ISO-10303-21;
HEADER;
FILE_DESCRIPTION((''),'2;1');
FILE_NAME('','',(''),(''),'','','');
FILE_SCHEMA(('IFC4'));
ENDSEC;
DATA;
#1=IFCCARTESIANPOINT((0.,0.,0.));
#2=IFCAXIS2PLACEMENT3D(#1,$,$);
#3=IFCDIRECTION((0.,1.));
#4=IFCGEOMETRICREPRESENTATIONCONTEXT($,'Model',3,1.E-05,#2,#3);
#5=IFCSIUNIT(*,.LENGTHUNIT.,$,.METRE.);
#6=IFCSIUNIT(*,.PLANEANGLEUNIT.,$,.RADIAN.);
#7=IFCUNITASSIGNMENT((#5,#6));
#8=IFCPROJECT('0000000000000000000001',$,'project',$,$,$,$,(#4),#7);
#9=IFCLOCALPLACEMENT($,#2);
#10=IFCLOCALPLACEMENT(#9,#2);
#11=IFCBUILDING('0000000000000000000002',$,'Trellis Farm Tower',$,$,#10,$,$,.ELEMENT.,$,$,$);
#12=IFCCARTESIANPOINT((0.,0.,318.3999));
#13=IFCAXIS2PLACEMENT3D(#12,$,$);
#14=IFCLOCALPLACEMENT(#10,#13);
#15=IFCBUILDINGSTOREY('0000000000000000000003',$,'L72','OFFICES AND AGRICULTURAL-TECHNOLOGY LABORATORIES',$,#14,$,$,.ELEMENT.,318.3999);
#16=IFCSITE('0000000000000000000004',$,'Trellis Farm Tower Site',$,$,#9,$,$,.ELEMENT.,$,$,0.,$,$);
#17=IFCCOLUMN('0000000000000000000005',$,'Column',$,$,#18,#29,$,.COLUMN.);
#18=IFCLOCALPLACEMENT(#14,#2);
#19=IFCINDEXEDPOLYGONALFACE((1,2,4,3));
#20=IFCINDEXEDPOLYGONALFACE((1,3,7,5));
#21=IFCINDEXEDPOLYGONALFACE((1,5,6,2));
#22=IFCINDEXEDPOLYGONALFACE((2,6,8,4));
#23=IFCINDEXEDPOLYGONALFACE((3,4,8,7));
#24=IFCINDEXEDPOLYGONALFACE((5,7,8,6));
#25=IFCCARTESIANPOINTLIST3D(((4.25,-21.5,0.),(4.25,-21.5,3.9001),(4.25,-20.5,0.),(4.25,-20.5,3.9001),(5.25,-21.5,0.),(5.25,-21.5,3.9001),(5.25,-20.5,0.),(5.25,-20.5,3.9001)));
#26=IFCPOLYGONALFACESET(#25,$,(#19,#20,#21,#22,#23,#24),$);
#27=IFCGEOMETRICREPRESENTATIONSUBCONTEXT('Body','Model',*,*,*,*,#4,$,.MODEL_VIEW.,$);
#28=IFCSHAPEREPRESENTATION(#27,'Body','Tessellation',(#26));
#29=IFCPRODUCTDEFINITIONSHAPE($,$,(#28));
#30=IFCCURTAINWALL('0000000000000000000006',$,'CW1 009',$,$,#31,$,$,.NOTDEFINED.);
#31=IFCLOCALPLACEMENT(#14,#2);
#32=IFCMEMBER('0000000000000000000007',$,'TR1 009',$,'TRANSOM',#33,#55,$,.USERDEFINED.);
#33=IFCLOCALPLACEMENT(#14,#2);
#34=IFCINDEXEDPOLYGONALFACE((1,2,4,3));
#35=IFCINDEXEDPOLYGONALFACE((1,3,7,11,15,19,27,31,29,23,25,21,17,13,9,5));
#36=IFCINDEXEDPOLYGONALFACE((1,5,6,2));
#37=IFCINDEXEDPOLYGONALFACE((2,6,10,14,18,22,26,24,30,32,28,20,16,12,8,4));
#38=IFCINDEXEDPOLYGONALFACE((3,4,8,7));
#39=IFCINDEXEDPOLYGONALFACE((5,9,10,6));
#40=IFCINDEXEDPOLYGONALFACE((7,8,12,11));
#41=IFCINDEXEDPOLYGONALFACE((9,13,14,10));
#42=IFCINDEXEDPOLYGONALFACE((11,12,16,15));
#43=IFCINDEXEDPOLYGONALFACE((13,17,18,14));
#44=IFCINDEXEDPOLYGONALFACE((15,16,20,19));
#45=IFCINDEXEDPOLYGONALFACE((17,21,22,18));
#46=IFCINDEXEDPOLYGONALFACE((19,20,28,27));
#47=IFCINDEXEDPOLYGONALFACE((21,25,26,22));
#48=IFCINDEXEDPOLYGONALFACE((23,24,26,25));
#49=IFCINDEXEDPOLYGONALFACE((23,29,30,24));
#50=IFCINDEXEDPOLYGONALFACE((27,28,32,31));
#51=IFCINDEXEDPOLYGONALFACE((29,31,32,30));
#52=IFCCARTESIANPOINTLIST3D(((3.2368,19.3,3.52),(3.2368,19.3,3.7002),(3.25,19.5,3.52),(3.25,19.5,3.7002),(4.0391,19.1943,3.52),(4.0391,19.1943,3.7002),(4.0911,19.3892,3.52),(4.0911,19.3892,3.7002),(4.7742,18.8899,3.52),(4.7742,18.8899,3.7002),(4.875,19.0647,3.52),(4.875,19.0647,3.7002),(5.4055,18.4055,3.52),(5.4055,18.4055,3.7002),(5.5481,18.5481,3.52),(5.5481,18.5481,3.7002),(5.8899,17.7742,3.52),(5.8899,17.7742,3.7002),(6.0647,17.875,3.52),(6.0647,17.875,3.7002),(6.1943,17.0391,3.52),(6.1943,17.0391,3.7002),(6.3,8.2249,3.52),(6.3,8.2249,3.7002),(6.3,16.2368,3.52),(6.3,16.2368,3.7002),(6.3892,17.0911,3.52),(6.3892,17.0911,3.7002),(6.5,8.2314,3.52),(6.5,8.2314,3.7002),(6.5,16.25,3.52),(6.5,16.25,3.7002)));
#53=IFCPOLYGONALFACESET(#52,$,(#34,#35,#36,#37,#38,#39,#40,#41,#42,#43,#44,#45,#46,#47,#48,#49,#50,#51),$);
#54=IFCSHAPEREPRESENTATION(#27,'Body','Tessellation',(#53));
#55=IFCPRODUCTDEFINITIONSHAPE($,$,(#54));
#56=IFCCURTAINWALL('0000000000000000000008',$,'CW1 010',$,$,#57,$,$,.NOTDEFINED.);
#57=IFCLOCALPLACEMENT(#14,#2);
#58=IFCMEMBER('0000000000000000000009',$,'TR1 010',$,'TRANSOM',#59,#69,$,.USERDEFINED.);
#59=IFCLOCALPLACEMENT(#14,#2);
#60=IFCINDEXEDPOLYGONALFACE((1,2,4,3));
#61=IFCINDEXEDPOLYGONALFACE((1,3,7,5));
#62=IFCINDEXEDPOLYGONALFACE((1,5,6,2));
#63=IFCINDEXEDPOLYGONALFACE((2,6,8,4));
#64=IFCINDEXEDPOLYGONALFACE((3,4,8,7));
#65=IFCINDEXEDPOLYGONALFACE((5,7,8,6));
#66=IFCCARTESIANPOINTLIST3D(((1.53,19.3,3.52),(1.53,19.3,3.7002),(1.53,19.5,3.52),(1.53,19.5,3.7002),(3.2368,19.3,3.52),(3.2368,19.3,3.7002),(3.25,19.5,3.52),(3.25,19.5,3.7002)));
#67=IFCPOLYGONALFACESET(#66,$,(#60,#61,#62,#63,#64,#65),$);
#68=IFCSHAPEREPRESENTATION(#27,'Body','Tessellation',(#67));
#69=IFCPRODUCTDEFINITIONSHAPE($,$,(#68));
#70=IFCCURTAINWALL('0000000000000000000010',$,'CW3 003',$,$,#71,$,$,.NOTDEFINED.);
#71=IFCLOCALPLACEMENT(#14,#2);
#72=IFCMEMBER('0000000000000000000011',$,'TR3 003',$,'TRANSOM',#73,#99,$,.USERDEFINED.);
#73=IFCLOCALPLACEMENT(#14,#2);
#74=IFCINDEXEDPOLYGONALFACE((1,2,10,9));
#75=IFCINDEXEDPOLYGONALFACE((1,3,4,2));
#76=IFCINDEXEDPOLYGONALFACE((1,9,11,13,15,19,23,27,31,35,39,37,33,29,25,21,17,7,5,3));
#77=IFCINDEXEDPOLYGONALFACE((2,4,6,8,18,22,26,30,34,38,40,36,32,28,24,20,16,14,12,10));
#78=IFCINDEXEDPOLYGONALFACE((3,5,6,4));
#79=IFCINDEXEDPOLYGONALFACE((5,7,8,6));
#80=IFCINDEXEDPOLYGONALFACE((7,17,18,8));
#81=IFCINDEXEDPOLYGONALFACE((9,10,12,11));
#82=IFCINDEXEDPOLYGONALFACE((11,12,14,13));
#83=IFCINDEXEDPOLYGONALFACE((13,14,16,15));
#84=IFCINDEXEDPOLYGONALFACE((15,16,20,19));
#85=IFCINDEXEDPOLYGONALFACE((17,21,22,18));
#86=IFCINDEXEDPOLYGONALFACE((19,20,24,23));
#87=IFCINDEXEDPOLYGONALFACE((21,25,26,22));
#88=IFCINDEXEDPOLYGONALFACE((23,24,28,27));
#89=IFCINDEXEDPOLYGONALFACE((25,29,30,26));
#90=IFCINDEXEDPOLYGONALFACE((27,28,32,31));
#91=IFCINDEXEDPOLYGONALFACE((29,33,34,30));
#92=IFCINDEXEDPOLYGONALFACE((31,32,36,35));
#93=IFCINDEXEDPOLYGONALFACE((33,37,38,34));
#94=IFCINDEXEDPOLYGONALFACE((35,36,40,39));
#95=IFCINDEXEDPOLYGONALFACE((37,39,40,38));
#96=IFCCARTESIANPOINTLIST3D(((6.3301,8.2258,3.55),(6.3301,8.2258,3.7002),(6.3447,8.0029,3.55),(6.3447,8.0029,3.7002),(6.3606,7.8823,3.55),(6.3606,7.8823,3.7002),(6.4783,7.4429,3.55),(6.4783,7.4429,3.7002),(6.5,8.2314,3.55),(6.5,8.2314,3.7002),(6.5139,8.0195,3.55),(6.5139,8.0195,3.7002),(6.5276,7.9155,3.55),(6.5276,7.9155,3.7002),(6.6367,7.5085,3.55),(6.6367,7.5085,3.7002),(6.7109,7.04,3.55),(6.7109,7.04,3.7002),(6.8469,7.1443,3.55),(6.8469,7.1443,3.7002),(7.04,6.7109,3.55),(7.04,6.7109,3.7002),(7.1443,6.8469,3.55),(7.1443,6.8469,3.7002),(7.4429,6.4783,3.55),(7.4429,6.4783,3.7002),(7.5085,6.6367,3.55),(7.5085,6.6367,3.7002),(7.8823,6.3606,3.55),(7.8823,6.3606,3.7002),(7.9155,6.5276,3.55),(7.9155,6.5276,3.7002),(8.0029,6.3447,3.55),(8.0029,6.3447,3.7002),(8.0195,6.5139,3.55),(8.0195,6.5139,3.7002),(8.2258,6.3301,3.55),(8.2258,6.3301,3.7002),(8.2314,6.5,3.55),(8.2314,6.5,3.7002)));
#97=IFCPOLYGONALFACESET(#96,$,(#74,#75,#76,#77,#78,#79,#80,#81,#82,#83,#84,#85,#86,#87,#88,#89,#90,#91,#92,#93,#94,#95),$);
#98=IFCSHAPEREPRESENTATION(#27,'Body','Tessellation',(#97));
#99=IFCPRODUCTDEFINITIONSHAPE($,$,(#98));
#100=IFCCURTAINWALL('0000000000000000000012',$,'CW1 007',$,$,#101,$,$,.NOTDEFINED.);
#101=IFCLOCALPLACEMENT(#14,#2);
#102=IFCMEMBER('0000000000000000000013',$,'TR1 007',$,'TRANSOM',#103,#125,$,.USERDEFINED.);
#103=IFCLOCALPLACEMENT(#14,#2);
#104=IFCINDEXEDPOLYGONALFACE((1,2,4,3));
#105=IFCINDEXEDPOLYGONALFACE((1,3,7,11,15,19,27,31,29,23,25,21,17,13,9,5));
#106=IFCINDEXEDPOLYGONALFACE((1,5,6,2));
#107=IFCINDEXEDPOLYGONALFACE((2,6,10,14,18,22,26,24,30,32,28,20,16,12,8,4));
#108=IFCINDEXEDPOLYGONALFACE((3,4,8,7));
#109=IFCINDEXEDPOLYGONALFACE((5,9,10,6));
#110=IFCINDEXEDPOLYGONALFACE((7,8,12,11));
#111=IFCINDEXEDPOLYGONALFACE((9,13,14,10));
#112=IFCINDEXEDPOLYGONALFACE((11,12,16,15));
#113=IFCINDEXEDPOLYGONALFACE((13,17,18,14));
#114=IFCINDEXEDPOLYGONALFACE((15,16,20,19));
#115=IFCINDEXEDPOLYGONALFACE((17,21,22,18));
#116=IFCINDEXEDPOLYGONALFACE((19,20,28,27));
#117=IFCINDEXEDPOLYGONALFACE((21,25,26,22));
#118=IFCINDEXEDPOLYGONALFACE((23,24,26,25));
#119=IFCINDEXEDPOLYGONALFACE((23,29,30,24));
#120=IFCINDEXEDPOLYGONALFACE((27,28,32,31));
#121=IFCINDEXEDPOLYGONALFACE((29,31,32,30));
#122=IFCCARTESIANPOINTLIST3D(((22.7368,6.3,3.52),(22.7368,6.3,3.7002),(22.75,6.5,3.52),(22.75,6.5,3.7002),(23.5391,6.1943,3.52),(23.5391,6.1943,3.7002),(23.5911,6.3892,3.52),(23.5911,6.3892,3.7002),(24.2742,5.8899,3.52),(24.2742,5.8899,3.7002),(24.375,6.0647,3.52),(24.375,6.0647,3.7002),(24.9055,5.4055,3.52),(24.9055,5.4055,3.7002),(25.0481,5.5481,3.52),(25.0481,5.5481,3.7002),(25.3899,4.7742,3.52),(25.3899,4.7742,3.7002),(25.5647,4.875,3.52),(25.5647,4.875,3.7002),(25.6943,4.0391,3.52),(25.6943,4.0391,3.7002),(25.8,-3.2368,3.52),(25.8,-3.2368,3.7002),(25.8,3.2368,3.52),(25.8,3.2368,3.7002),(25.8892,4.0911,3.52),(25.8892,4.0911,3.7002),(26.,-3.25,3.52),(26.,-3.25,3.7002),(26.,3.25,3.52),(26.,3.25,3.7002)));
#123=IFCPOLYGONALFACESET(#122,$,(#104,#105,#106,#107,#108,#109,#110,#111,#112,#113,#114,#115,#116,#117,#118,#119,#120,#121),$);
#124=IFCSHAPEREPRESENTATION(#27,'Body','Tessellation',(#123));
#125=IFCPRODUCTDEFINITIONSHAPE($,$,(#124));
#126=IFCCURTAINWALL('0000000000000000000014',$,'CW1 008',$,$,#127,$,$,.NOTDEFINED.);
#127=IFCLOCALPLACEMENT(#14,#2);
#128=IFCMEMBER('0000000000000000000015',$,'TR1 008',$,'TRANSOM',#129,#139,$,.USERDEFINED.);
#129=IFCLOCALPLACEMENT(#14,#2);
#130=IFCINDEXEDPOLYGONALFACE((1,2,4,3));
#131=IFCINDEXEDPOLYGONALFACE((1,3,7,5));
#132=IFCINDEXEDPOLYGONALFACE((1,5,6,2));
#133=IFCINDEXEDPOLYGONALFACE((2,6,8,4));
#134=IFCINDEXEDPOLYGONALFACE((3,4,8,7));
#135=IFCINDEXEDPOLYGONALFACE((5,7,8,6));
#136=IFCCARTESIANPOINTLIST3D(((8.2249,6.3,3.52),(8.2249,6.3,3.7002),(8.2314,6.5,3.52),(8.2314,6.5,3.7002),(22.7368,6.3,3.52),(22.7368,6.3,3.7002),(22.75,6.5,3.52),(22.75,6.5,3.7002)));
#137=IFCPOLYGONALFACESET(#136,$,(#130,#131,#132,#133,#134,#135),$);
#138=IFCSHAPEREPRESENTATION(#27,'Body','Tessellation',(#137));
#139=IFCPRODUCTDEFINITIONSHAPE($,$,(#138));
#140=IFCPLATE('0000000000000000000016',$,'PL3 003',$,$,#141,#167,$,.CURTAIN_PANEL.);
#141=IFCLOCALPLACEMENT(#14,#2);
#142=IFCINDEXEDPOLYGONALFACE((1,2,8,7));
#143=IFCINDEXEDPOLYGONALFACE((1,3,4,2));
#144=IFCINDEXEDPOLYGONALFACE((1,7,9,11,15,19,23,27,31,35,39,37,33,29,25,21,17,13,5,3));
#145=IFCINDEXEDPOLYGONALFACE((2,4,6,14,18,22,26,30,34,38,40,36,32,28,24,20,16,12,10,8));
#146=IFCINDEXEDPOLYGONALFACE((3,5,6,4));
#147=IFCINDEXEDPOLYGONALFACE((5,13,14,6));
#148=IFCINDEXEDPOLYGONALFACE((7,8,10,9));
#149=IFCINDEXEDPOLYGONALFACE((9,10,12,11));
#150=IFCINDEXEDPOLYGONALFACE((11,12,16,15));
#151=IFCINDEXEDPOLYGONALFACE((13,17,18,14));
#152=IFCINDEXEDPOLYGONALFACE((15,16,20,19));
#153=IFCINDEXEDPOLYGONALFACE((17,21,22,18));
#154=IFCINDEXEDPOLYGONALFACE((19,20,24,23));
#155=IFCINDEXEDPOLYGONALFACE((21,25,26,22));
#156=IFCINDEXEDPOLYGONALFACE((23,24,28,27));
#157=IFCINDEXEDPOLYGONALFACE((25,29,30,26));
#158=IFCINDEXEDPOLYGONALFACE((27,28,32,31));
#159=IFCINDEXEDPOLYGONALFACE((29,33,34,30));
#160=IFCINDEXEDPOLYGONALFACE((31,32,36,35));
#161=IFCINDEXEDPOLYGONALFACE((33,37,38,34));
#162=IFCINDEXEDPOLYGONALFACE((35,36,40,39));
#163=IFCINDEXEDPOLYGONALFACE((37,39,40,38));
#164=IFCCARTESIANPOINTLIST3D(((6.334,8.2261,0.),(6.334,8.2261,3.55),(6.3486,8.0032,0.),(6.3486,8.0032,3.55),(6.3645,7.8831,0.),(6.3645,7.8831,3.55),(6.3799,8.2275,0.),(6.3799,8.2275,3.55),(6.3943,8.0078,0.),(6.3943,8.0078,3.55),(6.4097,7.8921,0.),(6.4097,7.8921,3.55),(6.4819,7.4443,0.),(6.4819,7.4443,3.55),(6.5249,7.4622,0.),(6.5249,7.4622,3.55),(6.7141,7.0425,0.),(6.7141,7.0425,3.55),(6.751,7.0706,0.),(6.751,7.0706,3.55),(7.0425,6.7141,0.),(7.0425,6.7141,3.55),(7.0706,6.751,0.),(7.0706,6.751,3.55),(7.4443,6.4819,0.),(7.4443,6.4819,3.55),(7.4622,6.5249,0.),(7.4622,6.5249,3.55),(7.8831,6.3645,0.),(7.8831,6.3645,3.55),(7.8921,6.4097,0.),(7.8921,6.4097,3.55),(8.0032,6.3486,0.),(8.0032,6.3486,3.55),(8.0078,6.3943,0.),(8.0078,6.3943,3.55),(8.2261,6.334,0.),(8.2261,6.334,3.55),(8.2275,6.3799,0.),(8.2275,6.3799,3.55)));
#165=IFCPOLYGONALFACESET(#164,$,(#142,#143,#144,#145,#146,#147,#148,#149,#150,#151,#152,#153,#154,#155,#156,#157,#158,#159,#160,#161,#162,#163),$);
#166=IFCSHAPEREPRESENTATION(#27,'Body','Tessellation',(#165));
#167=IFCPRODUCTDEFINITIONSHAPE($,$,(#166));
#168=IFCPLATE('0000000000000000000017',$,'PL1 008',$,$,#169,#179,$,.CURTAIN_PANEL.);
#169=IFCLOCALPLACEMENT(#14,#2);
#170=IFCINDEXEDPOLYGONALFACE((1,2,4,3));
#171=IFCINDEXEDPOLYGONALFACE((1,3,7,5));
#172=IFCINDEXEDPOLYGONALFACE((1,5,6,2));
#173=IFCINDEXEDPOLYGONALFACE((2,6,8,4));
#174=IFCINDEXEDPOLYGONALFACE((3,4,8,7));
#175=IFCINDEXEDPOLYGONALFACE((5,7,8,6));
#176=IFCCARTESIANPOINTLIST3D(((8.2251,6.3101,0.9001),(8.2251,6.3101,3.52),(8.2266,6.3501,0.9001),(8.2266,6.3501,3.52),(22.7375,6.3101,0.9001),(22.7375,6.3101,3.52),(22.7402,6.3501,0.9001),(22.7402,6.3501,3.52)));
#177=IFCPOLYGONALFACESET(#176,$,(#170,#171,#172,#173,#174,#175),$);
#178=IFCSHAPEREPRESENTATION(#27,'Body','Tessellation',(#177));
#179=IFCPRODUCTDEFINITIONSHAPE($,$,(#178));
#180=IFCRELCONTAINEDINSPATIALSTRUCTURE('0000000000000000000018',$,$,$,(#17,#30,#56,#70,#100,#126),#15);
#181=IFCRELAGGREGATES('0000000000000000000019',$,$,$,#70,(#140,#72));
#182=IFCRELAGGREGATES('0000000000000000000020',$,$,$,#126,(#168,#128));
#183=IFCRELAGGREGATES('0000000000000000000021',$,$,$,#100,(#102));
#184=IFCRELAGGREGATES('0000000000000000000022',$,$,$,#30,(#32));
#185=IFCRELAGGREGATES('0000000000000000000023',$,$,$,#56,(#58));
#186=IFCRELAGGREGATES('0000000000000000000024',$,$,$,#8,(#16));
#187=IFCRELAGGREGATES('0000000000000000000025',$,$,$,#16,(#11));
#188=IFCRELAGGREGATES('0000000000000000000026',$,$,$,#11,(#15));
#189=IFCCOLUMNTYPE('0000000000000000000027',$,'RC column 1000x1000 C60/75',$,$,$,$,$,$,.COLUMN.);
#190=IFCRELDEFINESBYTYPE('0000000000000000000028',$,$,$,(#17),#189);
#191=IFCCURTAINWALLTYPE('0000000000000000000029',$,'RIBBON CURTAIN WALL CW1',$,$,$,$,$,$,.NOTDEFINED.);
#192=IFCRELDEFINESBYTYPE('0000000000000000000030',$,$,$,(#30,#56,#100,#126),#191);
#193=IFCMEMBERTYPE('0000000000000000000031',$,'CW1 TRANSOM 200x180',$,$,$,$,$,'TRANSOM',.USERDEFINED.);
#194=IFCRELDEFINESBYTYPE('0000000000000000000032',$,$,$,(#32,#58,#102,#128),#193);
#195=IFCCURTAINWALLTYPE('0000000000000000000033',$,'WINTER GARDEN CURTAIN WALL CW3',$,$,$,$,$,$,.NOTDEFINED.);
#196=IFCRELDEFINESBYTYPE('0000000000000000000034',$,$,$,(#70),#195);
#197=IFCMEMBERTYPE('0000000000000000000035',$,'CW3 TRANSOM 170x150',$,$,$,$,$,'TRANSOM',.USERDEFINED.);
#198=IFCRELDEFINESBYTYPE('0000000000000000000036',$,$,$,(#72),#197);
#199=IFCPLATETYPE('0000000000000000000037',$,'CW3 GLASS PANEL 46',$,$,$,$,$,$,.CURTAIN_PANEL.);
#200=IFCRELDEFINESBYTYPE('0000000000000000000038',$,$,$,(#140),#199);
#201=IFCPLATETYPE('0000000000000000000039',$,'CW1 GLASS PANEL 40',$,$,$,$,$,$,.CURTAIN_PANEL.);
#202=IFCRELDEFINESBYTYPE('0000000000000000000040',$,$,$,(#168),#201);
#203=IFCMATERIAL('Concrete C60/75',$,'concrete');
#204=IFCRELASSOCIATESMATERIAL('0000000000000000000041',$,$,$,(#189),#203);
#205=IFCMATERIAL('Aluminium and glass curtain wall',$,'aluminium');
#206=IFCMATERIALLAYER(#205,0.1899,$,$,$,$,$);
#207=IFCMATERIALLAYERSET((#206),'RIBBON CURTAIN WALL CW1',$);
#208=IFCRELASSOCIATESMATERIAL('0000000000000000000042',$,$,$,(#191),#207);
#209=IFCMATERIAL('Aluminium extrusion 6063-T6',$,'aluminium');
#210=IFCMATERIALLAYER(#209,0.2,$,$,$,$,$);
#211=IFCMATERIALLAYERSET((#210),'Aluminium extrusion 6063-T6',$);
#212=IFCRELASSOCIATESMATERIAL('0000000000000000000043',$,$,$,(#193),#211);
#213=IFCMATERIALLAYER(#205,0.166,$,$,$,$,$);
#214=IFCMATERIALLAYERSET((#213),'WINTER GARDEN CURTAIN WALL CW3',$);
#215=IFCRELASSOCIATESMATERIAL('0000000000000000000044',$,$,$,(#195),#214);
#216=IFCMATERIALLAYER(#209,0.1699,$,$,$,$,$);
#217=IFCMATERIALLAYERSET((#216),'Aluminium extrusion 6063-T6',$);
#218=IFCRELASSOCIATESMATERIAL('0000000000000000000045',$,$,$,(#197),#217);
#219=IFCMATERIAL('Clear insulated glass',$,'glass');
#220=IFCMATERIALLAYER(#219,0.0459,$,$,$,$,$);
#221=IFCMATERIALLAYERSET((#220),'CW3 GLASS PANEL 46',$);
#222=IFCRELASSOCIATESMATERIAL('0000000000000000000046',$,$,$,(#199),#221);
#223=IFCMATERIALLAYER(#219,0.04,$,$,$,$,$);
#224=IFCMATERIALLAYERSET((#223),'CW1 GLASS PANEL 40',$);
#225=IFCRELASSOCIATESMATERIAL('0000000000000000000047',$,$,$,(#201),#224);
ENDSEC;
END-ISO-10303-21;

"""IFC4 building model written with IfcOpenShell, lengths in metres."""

from ifc_helpers import new_model, si_unit, direction, frame, origin, origin_2d, place, context, subcontext, project, spatial, polyline, rectangle, outline, extrude, source, transform, mapped, material, layer, layer_set, material_profile, profile_set, type_object, element, aggregate, save


model = new_model("IFC4")

# Units and contexts
model_context = context("Model", 3, precision=1e-05, world=origin(), true_north=direction((0.0, 1.0)))
body_context = subcontext(model_context, "Body", "Model", "MODEL_VIEW")
ifc_project = project(units=[si_unit("LENGTHUNIT", "METRE"), si_unit("PLANEANGLEUNIT", "RADIAN")], contexts=[model_context])

# Site, building, storey
site_placement = place(None, origin())
site = spatial("IfcSite", under=ifc_project, at=site_placement, Name="Trellis Farm Tower Site", CompositionType="ELEMENT", RefElevation=0.0)
building_placement = place(site_placement, origin())
building = spatial("IfcBuilding", under=site, at=building_placement, Name="Trellis Farm Tower", CompositionType="ELEMENT")
storey_placement = place(building_placement, frame((0.0, 0.0, 318.3999)))
storey = spatial("IfcBuildingStorey", under=building, at=storey_placement, Name="L72", Description="OFFICES AND AGRICULTURAL-TECHNOLOGY LABORATORIES", CompositionType="ELEMENT", Elevation=318.3999)

# Column
ifc_material_1 = material(Name="Concrete C60/75", Category="concrete")
ifc_material_profile = material_profile(ifc_material_1, rectangle(XDim=1.0, YDim=1.0, at=origin_2d()), Name="RC column 1000x1000 C60/75")
ifc_profile_set = profile_set([ifc_material_profile], Name="Concrete C60/75")
column_type = type_object("IfcColumnType", Name="RC column 1000x1000 C60/75", PredefinedType="COLUMN", material=ifc_profile_set)
shared_shape_1 = source(origin(), body_context, "Body", "SweptSolid", [
    extrude(rectangle(XDim=1.0, YDim=1.0, at=origin_2d()), origin(), (0.0, 0.0, 1.0), 3.9001),
])
column_placement = place(storey_placement, frame((4.75, -21.0, 0.0), z_axis=(0.0, 0.0, 1.0), x_axis=(1.0, 0.0, 0.0)))
element("IfcColumn", 1, at=column_placement, inside=storey, type_object=column_type, Name="Column", PredefinedType="COLUMN", context=body_context, shape_type="MappedRepresentation", body=[
    mapped(shared_shape_1, transform((0.0, 0.0, 0.0))),
])

# Curtain walls, members
ifc_material_2 = material(Name="Aluminium and glass curtain wall", Category="aluminium")
ifc_layer_1 = layer(ifc_material_2, 0.1899)
ifc_layer_set_1 = layer_set([ifc_layer_1], Name="RIBBON CURTAIN WALL CW1")
curtain_wall_type_1 = type_object("IfcCurtainWallType", Name="RIBBON CURTAIN WALL CW1", PredefinedType="NOTDEFINED", material=ifc_layer_set_1)
placement_1 = place(storey_placement, origin())
curtain_wall_1 = element("IfcCurtainWall", 2, at=placement_1, inside=storey, type_object=curtain_wall_type_1, Name="CW1 009", PredefinedType="NOTDEFINED")
ifc_material_3 = material(Name="Aluminium extrusion 6063-T6", Category="aluminium")
ifc_layer_2 = layer(ifc_material_3, 0.2)
ifc_layer_set_2 = layer_set([ifc_layer_2], Name="Aluminium extrusion 6063-T6")
member_type_1 = type_object("IfcMemberType", Name="CW1 TRANSOM 200x180", ElementType="TRANSOM", PredefinedType="USERDEFINED", material=ifc_layer_set_2)
placement_2 = place(storey_placement, frame((0.0, 0.0, 3.52)))
member_1 = element("IfcMember", 3, at=placement_2, type_object=member_type_1, Name="TR1 009", ObjectType="TRANSOM", PredefinedType="USERDEFINED", context=body_context, shape_type="SweptSolid", body=[
    extrude(outline(polyline([(6.5, 8.2314), (6.5, 16.25), (6.3892, 17.0911), (6.0647, 17.875), (5.5481, 18.5481), (4.875, 19.0647), (4.0911, 19.3892), (3.25, 19.5), (3.2368, 19.3), (4.0391, 19.1943), (4.7742, 18.8899), (5.4055, 18.4055), (5.8899, 17.7742), (6.1943, 17.0391), (6.3, 16.2368), (6.3, 8.2249), (6.5, 8.2314)])), origin(), (0.0, 0.0, 1.0), 0.1802),
])
curtain_wall_2 = element("IfcCurtainWall", 4, at=placement_1, inside=storey, type_object=curtain_wall_type_1, Name="CW1 010", PredefinedType="NOTDEFINED")
member_2 = element("IfcMember", 5, at=placement_2, type_object=member_type_1, Name="TR1 010", ObjectType="TRANSOM", PredefinedType="USERDEFINED", context=body_context, shape_type="SweptSolid", body=[
    extrude(outline(polyline([(3.25, 19.5), (1.53, 19.5), (1.53, 19.3), (3.2368, 19.3), (3.25, 19.5)])), origin(), (0.0, 0.0, 1.0), 0.1802),
])
ifc_layer_3 = layer(ifc_material_2, 0.166)
ifc_layer_set_3 = layer_set([ifc_layer_3], Name="WINTER GARDEN CURTAIN WALL CW3")
curtain_wall_type_2 = type_object("IfcCurtainWallType", Name="WINTER GARDEN CURTAIN WALL CW3", PredefinedType="NOTDEFINED", material=ifc_layer_set_3)
curtain_wall_3 = element("IfcCurtainWall", 6, at=placement_1, inside=storey, type_object=curtain_wall_type_2, Name="CW3 003", PredefinedType="NOTDEFINED")
ifc_layer_4 = layer(ifc_material_3, 0.1699)
ifc_layer_set_4 = layer_set([ifc_layer_4], Name="Aluminium extrusion 6063-T6")
member_type_2 = type_object("IfcMemberType", Name="CW3 TRANSOM 170x150", ElementType="TRANSOM", PredefinedType="USERDEFINED", material=ifc_layer_set_4)
shared_shape_2 = source(origin(), body_context, "Body", "SweptSolid", [
    extrude(outline(polyline([(8.2314, 6.5), (8.0195, 6.5139), (7.9155, 6.5276), (7.5085, 6.6367), (7.1443, 6.8469), (6.8469, 7.1443), (6.6367, 7.5085), (6.5276, 7.9155), (6.5139, 8.0195), (6.5, 8.2314), (6.3301, 8.2258), (6.3447, 8.0029), (6.3606, 7.8823), (6.4783, 7.4429), (6.7109, 7.04), (7.04, 6.7109), (7.4429, 6.4783), (7.8823, 6.3606), (8.0029, 6.3447), (8.2258, 6.3301), (8.2314, 6.5)])), origin(), (0.0, 0.0, 1.0), 0.1501),
])
member_3_placement = place(storey_placement, frame((0.0, 0.0, 3.55)))
member_3 = element("IfcMember", 7, at=member_3_placement, type_object=member_type_2, Name="TR3 003", ObjectType="TRANSOM", PredefinedType="USERDEFINED", context=body_context, shape_type="MappedRepresentation", body=[
    mapped(shared_shape_2, transform((0.0, 0.0, 0.0))),
])
curtain_wall_4 = element("IfcCurtainWall", 8, at=placement_1, inside=storey, type_object=curtain_wall_type_1, Name="CW1 007", PredefinedType="NOTDEFINED")
shared_shape_3 = source(origin(), body_context, "Body", "SweptSolid", [
    extrude(outline(polyline([(26.0, -3.25), (26.0, 3.25), (25.8892, 4.0911), (25.5647, 4.875), (25.0481, 5.5481), (24.375, 6.0647), (23.5911, 6.3892), (22.75, 6.5), (22.7368, 6.3), (23.5391, 6.1943), (24.2742, 5.8899), (24.9055, 5.4055), (25.3899, 4.7742), (25.6943, 4.0391), (25.8, 3.2368), (25.8, -3.2368), (26.0, -3.25)])), origin(), (0.0, 0.0, 1.0), 0.1802),
])
member_4 = element("IfcMember", 9, at=placement_2, type_object=member_type_1, Name="TR1 007", ObjectType="TRANSOM", PredefinedType="USERDEFINED", context=body_context, shape_type="MappedRepresentation", body=[
    mapped(shared_shape_3, transform((0.0, 0.0, 0.0))),
])
curtain_wall_5 = element("IfcCurtainWall", 10, at=placement_1, inside=storey, type_object=curtain_wall_type_1, Name="CW1 008", PredefinedType="NOTDEFINED")
shared_shape_4 = source(origin(), body_context, "Body", "SweptSolid", [
    extrude(outline(polyline([(22.75, 6.5), (8.2314, 6.5), (8.2249, 6.3), (22.7368, 6.3), (22.75, 6.5)])), origin(), (0.0, 0.0, 1.0), 0.1802),
])
member_5 = element("IfcMember", 11, at=placement_2, type_object=member_type_1, Name="TR1 008", ObjectType="TRANSOM", PredefinedType="USERDEFINED", context=body_context, shape_type="MappedRepresentation", body=[
    mapped(shared_shape_4, transform((0.0, 0.0, 0.0))),
])

# Plates
ifc_material_4 = material(Name="Clear insulated glass", Category="glass")
ifc_layer_5 = layer(ifc_material_4, 0.0459)
ifc_layer_set_5 = layer_set([ifc_layer_5], Name="CW3 GLASS PANEL 46")
plate_type_1 = type_object("IfcPlateType", Name="CW3 GLASS PANEL 46", PredefinedType="CURTAIN_PANEL", material=ifc_layer_set_5)
shared_shape_5 = source(origin(), body_context, "Body", "SweptSolid", [
    extrude(outline(polyline([(8.2275, 6.3799), (8.0078, 6.3943), (7.8921, 6.4097), (7.4622, 6.5249), (7.0706, 6.751), (6.751, 7.0706), (6.5249, 7.4622), (6.4097, 7.8921), (6.3943, 8.0078), (6.3799, 8.2275), (6.334, 8.2261), (6.3486, 8.0032), (6.3645, 7.8831), (6.4819, 7.4443), (6.7141, 7.0425), (7.0425, 6.7141), (7.4443, 6.4819), (7.8831, 6.3645), (8.0032, 6.3486), (8.2261, 6.334), (8.2275, 6.3799)])), origin(), (0.0, 0.0, 1.0), 3.55),
])
plate_1 = element("IfcPlate", 12, at=placement_1, type_object=plate_type_1, Name="PL3 003", PredefinedType="CURTAIN_PANEL", context=body_context, shape_type="MappedRepresentation", body=[
    mapped(shared_shape_5, transform((0.0, 0.0, 0.0))),
])
aggregate(curtain_wall_3, [plate_1, member_3])
ifc_layer_6 = layer(ifc_material_4, 0.04)
ifc_layer_set_6 = layer_set([ifc_layer_6], Name="CW1 GLASS PANEL 40")
plate_type_2 = type_object("IfcPlateType", Name="CW1 GLASS PANEL 40", PredefinedType="CURTAIN_PANEL", material=ifc_layer_set_6)
shared_shape_6 = source(origin(), body_context, "Body", "SweptSolid", [
    extrude(outline(polyline([(22.7402, 6.3501), (8.2266, 6.3501), (8.2251, 6.3101), (22.7375, 6.3101), (22.7402, 6.3501)])), origin(), (0.0, 0.0, 1.0), 2.6199),
])
placement_3 = place(storey_placement, frame((0.0, 0.0, 0.9001)))
plate_2 = element("IfcPlate", 13, at=placement_3, type_object=plate_type_2, Name="PL1 008", PredefinedType="CURTAIN_PANEL", context=body_context, shape_type="MappedRepresentation", body=[
    mapped(shared_shape_6, transform((0.0, 0.0, 0.0))),
])
aggregate(curtain_wall_5, [plate_2, member_5])
aggregate(curtain_wall_4, [member_4])
aggregate(curtain_wall_1, [member_1])
aggregate(curtain_wall_2, [member_2])

save(model, "model.ifc")
